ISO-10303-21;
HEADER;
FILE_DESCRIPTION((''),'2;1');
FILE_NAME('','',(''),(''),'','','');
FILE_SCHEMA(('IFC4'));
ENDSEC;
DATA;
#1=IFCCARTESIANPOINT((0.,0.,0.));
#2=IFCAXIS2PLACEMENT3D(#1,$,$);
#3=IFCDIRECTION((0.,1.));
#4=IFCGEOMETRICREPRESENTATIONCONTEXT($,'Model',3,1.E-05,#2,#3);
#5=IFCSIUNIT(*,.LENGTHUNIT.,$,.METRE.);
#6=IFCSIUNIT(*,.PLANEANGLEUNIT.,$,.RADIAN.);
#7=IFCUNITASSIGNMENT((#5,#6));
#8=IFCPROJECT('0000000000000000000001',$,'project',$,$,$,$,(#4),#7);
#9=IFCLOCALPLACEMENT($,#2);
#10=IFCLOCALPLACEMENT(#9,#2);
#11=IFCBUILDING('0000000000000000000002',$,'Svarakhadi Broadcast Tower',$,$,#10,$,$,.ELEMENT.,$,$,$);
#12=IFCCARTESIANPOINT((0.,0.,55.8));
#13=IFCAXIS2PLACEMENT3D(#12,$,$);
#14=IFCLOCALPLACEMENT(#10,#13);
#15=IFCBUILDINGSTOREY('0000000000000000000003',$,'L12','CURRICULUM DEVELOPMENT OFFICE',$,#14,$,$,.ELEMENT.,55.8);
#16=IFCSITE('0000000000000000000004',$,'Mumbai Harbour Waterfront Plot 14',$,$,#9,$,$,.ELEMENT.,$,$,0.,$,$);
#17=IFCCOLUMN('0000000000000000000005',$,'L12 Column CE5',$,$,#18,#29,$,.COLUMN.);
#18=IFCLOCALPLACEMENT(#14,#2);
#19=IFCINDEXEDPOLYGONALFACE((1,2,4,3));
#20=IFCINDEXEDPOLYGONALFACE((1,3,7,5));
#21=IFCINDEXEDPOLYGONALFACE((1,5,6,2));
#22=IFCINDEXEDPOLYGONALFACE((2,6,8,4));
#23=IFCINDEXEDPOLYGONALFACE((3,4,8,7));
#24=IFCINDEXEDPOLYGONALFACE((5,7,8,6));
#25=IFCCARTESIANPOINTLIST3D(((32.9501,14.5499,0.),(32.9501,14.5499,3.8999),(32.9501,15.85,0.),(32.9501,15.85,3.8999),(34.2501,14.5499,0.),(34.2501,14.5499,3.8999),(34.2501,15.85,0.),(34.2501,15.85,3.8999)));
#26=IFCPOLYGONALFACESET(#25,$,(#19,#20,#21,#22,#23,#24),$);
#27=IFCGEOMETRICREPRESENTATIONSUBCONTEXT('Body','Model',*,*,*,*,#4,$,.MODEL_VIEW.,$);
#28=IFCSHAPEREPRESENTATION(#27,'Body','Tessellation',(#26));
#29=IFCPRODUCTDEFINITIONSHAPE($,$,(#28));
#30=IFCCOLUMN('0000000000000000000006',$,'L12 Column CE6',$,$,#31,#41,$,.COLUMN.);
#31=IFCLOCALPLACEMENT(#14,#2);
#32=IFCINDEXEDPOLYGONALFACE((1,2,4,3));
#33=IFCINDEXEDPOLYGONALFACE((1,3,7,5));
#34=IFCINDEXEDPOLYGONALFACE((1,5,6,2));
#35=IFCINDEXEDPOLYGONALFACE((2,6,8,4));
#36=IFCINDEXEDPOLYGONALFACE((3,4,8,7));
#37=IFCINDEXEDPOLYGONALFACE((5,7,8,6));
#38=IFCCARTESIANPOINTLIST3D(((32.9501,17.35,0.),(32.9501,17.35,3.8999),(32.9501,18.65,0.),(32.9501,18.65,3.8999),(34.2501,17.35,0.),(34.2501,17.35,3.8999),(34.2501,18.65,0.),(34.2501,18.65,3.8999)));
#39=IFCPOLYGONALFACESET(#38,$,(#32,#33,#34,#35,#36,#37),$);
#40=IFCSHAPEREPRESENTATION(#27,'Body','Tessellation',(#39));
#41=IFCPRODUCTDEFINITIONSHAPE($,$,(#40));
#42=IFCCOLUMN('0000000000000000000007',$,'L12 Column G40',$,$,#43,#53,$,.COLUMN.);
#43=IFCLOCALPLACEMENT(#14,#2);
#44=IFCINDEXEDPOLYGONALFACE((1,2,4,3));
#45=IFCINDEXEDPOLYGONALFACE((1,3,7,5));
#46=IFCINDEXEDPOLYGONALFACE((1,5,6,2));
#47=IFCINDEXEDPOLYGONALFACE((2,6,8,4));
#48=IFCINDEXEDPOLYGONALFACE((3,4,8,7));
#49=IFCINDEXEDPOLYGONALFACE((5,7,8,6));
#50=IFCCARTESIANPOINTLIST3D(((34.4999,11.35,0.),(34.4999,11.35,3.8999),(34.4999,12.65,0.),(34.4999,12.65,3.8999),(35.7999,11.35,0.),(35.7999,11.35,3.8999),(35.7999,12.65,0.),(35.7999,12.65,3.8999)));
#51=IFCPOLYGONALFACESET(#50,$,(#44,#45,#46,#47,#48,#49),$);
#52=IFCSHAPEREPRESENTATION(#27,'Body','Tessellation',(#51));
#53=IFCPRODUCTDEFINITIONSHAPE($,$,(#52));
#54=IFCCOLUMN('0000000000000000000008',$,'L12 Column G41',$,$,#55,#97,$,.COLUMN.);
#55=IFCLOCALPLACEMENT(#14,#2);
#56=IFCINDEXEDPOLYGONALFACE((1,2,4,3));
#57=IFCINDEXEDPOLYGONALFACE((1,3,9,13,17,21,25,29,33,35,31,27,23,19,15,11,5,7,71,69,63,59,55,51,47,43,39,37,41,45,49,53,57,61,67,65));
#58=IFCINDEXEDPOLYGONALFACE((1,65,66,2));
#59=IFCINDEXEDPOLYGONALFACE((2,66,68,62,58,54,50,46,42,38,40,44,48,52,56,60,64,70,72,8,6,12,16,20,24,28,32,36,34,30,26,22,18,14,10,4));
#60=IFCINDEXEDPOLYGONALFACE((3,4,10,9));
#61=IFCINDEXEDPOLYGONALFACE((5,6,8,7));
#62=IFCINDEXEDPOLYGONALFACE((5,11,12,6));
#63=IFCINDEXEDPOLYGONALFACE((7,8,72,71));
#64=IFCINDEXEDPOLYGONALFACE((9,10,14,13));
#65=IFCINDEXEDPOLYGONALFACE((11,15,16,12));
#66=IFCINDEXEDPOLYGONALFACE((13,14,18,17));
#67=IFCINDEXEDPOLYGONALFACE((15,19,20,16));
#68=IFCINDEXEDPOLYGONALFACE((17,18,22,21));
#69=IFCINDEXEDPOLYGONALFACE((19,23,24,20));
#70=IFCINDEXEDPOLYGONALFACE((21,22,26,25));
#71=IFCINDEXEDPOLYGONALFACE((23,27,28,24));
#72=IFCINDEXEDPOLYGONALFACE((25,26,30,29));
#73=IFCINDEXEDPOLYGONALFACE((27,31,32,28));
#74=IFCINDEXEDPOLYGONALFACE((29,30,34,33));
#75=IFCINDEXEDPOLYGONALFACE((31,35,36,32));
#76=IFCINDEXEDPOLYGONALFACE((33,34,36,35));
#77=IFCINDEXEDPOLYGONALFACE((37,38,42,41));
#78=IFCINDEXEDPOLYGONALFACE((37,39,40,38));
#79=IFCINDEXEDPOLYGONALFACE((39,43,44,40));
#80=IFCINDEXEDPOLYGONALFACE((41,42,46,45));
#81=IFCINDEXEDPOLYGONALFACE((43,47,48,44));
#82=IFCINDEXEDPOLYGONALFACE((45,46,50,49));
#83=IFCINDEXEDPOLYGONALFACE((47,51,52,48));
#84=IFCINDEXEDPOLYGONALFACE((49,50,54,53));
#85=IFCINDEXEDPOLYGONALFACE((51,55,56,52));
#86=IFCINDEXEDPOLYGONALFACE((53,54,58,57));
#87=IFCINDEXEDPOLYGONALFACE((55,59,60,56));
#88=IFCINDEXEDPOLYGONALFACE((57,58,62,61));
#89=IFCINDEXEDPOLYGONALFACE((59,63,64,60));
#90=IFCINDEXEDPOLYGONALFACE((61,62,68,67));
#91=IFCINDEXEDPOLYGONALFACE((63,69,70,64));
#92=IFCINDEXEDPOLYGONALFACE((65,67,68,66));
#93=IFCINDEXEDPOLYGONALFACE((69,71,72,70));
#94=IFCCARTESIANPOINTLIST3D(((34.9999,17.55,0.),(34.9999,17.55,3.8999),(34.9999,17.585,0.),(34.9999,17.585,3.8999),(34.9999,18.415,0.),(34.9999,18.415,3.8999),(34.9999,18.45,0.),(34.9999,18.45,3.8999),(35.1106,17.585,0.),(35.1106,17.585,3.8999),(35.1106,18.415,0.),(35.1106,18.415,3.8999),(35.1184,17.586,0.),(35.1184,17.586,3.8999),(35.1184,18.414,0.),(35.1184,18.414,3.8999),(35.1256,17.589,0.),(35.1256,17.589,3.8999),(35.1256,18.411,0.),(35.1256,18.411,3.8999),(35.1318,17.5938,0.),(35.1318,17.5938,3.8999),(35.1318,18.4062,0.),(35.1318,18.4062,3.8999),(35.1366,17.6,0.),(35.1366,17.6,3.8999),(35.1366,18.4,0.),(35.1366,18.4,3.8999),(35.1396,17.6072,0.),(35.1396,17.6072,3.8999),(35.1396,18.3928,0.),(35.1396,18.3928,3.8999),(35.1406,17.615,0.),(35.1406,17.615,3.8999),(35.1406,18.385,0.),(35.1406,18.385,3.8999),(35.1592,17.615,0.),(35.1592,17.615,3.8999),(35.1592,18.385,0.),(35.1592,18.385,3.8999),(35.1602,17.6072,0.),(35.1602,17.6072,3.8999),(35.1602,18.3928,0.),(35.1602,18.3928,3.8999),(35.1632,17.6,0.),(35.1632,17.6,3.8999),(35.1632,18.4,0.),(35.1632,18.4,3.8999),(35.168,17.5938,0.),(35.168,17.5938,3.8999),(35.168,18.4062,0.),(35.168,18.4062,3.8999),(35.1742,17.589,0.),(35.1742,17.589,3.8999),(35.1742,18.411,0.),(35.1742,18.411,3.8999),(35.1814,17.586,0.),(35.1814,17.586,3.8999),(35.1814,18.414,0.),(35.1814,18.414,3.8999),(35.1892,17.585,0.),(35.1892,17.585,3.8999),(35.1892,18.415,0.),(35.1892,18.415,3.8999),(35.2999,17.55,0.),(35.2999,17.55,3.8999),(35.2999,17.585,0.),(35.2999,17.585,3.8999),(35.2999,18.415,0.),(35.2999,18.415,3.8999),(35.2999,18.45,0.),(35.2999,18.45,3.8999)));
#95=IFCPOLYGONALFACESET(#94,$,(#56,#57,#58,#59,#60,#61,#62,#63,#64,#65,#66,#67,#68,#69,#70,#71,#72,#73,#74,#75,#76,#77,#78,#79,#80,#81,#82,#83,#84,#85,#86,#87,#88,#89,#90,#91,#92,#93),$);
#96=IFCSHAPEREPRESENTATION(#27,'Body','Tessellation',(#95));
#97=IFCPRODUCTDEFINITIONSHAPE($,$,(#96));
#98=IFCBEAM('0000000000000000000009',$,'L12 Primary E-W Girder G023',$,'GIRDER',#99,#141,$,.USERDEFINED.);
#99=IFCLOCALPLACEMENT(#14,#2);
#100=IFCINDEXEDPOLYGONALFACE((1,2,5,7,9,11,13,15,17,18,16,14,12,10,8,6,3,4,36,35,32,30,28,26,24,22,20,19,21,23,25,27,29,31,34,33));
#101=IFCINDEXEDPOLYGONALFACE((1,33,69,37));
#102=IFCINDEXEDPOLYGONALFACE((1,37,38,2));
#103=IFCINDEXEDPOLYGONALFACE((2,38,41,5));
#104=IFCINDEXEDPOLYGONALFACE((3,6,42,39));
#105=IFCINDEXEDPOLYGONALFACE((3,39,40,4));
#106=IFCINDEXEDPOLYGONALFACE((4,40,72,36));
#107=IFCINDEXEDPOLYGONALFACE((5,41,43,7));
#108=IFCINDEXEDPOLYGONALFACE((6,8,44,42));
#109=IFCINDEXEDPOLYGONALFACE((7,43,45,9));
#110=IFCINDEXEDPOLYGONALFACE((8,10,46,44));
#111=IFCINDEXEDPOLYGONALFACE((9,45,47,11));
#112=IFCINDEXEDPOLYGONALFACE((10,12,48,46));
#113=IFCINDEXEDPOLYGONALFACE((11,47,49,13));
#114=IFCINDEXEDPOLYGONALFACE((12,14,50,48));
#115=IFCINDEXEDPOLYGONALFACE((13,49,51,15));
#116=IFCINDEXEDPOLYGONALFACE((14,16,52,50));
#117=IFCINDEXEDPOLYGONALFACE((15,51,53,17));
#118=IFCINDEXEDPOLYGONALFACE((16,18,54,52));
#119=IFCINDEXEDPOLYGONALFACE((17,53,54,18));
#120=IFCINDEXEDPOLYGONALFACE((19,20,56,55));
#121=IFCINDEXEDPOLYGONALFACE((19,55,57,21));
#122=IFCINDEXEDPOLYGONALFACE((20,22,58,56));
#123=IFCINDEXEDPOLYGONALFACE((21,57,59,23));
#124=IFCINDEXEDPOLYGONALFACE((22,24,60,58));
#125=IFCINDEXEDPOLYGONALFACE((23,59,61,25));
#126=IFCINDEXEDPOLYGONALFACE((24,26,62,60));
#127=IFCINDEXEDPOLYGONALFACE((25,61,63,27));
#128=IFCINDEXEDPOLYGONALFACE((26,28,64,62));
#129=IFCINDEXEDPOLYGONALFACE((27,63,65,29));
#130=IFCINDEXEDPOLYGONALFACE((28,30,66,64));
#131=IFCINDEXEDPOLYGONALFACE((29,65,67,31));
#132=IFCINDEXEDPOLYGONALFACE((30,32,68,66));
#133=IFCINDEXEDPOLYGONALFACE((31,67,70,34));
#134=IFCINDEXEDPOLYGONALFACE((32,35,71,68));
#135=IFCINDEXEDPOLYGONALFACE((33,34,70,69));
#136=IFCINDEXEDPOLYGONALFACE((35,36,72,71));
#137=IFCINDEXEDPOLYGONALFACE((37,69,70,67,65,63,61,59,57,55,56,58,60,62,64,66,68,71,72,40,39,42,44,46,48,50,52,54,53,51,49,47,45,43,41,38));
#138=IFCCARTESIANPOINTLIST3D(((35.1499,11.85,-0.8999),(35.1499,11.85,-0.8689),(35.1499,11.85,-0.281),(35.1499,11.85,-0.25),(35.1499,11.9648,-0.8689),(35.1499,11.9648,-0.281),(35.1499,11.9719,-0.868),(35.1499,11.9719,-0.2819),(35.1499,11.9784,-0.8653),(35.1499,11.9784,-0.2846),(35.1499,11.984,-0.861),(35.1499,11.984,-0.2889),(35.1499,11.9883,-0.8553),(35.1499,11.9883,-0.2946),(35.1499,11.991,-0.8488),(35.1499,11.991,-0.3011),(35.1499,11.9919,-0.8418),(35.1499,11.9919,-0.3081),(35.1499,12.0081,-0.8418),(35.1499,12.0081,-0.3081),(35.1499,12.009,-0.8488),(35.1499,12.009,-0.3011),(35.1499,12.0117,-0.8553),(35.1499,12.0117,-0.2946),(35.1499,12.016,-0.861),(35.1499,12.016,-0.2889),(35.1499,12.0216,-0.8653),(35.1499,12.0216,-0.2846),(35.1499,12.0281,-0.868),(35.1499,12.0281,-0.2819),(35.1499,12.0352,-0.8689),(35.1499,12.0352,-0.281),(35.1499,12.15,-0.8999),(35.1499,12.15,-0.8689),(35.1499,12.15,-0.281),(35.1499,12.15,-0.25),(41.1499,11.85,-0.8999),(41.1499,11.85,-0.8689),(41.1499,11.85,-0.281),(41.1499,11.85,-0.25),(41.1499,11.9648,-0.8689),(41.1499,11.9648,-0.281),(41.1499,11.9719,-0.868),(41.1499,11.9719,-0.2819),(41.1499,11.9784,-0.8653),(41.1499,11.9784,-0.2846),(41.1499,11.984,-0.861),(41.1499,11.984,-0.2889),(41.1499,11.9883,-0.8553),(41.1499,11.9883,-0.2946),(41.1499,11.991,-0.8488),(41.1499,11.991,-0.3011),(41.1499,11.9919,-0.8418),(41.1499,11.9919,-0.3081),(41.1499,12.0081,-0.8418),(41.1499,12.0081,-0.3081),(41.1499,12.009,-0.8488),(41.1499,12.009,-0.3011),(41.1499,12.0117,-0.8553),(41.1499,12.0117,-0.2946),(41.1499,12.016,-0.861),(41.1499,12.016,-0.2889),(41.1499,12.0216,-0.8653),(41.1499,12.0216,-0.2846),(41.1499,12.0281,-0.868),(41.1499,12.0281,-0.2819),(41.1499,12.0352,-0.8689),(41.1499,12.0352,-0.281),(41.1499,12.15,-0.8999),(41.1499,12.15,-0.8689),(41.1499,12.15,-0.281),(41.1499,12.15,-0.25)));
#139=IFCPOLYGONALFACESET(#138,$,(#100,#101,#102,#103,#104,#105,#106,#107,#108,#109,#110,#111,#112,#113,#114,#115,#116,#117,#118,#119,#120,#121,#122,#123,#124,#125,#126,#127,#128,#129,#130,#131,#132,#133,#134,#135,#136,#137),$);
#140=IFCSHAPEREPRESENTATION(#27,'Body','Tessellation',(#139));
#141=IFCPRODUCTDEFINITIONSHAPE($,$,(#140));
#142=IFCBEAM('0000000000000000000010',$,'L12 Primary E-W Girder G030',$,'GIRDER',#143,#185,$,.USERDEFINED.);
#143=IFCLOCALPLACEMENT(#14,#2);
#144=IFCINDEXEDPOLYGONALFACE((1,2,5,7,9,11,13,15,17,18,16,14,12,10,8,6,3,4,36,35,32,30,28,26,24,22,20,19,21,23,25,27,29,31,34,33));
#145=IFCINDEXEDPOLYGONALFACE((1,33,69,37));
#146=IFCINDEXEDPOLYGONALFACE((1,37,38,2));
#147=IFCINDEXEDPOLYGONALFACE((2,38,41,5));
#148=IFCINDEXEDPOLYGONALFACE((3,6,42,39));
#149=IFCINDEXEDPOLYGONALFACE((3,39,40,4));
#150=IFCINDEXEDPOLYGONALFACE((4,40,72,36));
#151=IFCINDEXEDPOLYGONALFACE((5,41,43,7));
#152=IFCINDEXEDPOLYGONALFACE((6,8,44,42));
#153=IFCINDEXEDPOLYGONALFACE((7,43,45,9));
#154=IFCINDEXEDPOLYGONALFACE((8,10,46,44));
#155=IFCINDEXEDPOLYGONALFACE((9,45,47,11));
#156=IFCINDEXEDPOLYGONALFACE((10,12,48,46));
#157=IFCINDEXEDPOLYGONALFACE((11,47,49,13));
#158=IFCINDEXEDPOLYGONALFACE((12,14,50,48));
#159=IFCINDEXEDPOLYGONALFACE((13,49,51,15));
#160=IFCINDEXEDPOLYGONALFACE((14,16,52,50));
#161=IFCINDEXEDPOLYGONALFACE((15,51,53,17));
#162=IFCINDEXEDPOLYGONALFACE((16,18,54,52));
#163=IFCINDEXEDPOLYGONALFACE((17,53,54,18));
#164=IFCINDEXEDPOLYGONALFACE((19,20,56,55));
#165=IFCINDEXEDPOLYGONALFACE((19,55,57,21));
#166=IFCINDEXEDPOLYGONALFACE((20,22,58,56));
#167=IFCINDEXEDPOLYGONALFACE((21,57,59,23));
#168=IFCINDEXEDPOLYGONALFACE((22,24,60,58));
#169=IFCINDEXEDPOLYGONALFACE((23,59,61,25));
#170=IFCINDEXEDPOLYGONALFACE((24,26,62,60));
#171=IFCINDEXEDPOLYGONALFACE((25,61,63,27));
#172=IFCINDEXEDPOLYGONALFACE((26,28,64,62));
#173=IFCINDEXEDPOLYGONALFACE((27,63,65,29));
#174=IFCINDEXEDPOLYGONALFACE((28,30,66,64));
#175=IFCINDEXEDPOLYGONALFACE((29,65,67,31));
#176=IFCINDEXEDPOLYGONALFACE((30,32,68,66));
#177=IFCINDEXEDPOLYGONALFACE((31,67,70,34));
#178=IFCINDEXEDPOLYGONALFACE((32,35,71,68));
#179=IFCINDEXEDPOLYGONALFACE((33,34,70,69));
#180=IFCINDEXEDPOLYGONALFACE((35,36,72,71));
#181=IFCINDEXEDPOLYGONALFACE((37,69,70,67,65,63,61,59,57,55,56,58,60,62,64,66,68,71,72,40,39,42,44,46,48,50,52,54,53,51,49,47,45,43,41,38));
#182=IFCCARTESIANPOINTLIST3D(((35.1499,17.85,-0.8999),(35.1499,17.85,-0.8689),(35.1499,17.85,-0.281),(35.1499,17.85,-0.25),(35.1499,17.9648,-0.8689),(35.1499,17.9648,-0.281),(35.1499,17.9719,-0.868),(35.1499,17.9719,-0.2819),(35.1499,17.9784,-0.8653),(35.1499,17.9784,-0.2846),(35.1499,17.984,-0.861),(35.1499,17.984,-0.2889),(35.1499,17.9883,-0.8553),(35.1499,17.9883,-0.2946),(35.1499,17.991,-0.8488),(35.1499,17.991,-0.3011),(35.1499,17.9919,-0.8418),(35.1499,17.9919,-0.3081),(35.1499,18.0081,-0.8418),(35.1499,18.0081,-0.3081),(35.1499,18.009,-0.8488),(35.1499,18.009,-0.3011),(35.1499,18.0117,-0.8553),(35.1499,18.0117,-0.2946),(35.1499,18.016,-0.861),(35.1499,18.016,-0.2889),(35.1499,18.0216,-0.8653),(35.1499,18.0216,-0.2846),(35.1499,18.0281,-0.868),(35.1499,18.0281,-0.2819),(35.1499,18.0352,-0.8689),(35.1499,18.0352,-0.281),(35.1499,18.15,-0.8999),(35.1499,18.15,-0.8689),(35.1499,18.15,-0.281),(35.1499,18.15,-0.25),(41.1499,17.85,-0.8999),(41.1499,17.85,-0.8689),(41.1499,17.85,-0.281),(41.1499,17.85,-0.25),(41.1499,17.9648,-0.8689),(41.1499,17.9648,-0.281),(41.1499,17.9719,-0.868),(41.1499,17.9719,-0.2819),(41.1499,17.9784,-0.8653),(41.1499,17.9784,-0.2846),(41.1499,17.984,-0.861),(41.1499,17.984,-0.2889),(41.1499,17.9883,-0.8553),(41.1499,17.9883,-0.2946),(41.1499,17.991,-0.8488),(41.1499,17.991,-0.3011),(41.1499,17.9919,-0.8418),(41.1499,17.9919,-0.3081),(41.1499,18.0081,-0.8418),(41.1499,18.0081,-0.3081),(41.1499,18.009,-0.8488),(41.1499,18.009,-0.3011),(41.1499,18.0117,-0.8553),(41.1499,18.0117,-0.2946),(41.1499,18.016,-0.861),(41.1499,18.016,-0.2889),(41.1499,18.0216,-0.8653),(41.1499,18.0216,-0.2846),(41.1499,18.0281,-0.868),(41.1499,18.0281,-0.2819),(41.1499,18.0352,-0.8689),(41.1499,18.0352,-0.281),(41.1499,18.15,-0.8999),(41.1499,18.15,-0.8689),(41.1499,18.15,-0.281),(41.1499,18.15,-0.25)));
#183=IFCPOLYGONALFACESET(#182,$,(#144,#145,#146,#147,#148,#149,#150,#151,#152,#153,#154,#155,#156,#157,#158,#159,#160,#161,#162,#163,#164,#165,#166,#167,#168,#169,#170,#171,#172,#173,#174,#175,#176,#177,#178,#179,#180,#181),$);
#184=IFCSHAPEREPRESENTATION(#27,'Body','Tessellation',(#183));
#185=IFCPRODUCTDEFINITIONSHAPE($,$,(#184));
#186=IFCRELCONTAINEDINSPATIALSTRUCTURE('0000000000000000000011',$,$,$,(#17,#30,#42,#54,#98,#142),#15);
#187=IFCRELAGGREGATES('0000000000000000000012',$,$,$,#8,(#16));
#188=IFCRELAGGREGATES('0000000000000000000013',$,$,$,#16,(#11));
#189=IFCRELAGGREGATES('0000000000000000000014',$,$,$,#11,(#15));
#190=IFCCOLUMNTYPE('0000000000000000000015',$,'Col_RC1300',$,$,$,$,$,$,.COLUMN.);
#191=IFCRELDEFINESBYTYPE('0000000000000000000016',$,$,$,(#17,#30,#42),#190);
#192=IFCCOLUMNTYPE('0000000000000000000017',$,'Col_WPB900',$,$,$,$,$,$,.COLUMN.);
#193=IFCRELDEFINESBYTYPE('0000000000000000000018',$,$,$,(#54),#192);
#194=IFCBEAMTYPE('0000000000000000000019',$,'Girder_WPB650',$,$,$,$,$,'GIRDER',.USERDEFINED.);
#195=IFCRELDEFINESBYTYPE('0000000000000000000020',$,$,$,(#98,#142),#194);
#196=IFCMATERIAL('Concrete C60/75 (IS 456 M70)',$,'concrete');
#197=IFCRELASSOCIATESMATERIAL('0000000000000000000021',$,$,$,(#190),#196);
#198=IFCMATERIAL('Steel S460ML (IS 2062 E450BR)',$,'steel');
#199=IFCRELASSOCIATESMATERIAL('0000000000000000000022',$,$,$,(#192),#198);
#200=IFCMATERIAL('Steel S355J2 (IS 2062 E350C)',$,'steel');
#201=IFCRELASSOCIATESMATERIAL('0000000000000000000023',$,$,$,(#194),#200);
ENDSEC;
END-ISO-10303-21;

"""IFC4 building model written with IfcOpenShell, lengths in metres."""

from ifc_helpers import new_model, si_unit, direction, frame, origin, origin_2d, place, context, subcontext, project, spatial, rectangle, i_section, extrude, material, material_profile, profile_set, type_object, element, save


model = new_model("IFC4")

# Units and contexts
model_context = context("Model", 3, precision=1e-05, world=origin(), true_north=direction((0.0, 1.0)))
body_context = subcontext(model_context, "Body", "Model", "MODEL_VIEW")
ifc_project = project(units=[si_unit("LENGTHUNIT", "METRE"), si_unit("PLANEANGLEUNIT", "RADIAN")], contexts=[model_context])

# Site, building, storey
site_placement = place(None, origin())
site = spatial("IfcSite", under=ifc_project, at=site_placement, Name="Mumbai Harbour Waterfront Plot 14", CompositionType="ELEMENT", RefElevation=0.0)
building_placement = place(site_placement, origin())
building = spatial("IfcBuilding", under=site, at=building_placement, Name="Svarakhadi Broadcast Tower", CompositionType="ELEMENT")
storey_placement = place(building_placement, frame((0.0, 0.0, 55.8)))
storey = spatial("IfcBuildingStorey", under=building, at=storey_placement, Name="L12", Description="CURRICULUM DEVELOPMENT OFFICE", CompositionType="ELEMENT", Elevation=55.8)

# Columns
ifc_material_1 = material(Name="Concrete C60/75 (IS 456 M70)", Category="concrete")
ifc_material_profile_1 = material_profile(ifc_material_1, rectangle(XDim=1.3, YDim=1.3, at=origin_2d()), Name="RC 1300x1300")
ifc_profile_set_1 = profile_set([ifc_material_profile_1], Name="Concrete C60/75 (IS 456 M70)")
column_type_1 = type_object("IfcColumnType", Name="Col_RC1300", PredefinedType="COLUMN", material=ifc_profile_set_1)
for number, where, z_axis, x_axis, name in (
    (1, (33.6001, 15.2, 0.0), (0.0, 0.0, 1.0), (1.0, 0.0, 0.0), "L12 Column CE5"),
    (2, (33.6001, 18.0, 0.0), (0.0, 0.0, 1.0), (1.0, 0.0, 0.0), "L12 Column CE6"),
    (3, (35.1499, 12.0, 0.0), (0.0, 0.0, 1.0), (1.0, 0.0, 0.0), "L12 Column G40"),
):
    element("IfcColumn", number, at=place(storey_placement, frame(where, z_axis=z_axis, x_axis=x_axis)), inside=storey, type_object=column_type_1, Name=name, PredefinedType="COLUMN", context=body_context, shape_type="SweptSolid", body=[
        extrude(rectangle(XDim=1.3, YDim=1.3, at=origin_2d()), origin(), (0.0, 0.0, 1.0), 3.8999),
    ])
ifc_material_2 = material(Name="Steel S460ML (IS 2062 E450BR)", Category="steel")
ifc_material_profile_2 = material_profile(ifc_material_2, i_section(OverallWidth=0.3, OverallDepth=0.8999, WebThickness=0.0186, FlangeThickness=0.0349, FilletRadius=0.03, at=origin_2d()), Name="WPB 900x300x291")
ifc_profile_set_2 = profile_set([ifc_material_profile_2], Name="Steel S460ML (IS 2062 E450BR)")
column_type_2 = type_object("IfcColumnType", Name="Col_WPB900", PredefinedType="COLUMN", material=ifc_profile_set_2)
column_placement = place(storey_placement, frame((35.1499, 18.0, 0.0), z_axis=(0.0, 0.0, 1.0), x_axis=(1.0, 0.0, 0.0)))
element("IfcColumn", 4, at=column_placement, inside=storey, type_object=column_type_2, Name="L12 Column G41", PredefinedType="COLUMN", context=body_context, shape_type="SweptSolid", body=[
    extrude(i_section(OverallWidth=0.3, OverallDepth=0.8999, WebThickness=0.0186, FlangeThickness=0.0349, FilletRadius=0.03, at=origin_2d()), origin(), (0.0, 0.0, 1.0), 3.8999),
])

# Beams
ifc_material_3 = material(Name="Steel S355J2 (IS 2062 E350C)", Category="steel")
ifc_material_profile_3 = material_profile(ifc_material_3, i_section(OverallWidth=0.3, OverallDepth=0.6499, WebThickness=0.0161, FlangeThickness=0.031, FilletRadius=0.0271, at=origin_2d()), Name="WPB 650x300x225")
ifc_profile_set_3 = profile_set([ifc_material_profile_3], Name="Steel S355J2 (IS 2062 E350C)")
beam_type = type_object("IfcBeamType", Name="Girder_WPB650", ElementType="GIRDER", PredefinedType="USERDEFINED", material=ifc_profile_set_3)
for number, where, z_axis, x_axis, name in (
    (5, (35.1499, 12.0, -0.575), (1.0, 0.0, 0.0), (0.0, 1.0, 0.0), "L12 Primary E-W Girder G023"),
    (6, (35.1499, 18.0, -0.575), (1.0, 0.0, 0.0), (0.0, 1.0, 0.0), "L12 Primary E-W Girder G030"),
):
    element("IfcBeam", number, at=place(storey_placement, frame(where, z_axis=z_axis, x_axis=x_axis)), inside=storey, type_object=beam_type, Name=name, ObjectType="GIRDER", PredefinedType="USERDEFINED", context=body_context, shape_type="SweptSolid", body=[
        extrude(i_section(OverallWidth=0.3, OverallDepth=0.6499, WebThickness=0.0161, FlangeThickness=0.031, FilletRadius=0.0271, at=origin_2d()), origin(), (0.0, 0.0, 1.0), 6.0),
    ])

save(model, "model.ifc")
